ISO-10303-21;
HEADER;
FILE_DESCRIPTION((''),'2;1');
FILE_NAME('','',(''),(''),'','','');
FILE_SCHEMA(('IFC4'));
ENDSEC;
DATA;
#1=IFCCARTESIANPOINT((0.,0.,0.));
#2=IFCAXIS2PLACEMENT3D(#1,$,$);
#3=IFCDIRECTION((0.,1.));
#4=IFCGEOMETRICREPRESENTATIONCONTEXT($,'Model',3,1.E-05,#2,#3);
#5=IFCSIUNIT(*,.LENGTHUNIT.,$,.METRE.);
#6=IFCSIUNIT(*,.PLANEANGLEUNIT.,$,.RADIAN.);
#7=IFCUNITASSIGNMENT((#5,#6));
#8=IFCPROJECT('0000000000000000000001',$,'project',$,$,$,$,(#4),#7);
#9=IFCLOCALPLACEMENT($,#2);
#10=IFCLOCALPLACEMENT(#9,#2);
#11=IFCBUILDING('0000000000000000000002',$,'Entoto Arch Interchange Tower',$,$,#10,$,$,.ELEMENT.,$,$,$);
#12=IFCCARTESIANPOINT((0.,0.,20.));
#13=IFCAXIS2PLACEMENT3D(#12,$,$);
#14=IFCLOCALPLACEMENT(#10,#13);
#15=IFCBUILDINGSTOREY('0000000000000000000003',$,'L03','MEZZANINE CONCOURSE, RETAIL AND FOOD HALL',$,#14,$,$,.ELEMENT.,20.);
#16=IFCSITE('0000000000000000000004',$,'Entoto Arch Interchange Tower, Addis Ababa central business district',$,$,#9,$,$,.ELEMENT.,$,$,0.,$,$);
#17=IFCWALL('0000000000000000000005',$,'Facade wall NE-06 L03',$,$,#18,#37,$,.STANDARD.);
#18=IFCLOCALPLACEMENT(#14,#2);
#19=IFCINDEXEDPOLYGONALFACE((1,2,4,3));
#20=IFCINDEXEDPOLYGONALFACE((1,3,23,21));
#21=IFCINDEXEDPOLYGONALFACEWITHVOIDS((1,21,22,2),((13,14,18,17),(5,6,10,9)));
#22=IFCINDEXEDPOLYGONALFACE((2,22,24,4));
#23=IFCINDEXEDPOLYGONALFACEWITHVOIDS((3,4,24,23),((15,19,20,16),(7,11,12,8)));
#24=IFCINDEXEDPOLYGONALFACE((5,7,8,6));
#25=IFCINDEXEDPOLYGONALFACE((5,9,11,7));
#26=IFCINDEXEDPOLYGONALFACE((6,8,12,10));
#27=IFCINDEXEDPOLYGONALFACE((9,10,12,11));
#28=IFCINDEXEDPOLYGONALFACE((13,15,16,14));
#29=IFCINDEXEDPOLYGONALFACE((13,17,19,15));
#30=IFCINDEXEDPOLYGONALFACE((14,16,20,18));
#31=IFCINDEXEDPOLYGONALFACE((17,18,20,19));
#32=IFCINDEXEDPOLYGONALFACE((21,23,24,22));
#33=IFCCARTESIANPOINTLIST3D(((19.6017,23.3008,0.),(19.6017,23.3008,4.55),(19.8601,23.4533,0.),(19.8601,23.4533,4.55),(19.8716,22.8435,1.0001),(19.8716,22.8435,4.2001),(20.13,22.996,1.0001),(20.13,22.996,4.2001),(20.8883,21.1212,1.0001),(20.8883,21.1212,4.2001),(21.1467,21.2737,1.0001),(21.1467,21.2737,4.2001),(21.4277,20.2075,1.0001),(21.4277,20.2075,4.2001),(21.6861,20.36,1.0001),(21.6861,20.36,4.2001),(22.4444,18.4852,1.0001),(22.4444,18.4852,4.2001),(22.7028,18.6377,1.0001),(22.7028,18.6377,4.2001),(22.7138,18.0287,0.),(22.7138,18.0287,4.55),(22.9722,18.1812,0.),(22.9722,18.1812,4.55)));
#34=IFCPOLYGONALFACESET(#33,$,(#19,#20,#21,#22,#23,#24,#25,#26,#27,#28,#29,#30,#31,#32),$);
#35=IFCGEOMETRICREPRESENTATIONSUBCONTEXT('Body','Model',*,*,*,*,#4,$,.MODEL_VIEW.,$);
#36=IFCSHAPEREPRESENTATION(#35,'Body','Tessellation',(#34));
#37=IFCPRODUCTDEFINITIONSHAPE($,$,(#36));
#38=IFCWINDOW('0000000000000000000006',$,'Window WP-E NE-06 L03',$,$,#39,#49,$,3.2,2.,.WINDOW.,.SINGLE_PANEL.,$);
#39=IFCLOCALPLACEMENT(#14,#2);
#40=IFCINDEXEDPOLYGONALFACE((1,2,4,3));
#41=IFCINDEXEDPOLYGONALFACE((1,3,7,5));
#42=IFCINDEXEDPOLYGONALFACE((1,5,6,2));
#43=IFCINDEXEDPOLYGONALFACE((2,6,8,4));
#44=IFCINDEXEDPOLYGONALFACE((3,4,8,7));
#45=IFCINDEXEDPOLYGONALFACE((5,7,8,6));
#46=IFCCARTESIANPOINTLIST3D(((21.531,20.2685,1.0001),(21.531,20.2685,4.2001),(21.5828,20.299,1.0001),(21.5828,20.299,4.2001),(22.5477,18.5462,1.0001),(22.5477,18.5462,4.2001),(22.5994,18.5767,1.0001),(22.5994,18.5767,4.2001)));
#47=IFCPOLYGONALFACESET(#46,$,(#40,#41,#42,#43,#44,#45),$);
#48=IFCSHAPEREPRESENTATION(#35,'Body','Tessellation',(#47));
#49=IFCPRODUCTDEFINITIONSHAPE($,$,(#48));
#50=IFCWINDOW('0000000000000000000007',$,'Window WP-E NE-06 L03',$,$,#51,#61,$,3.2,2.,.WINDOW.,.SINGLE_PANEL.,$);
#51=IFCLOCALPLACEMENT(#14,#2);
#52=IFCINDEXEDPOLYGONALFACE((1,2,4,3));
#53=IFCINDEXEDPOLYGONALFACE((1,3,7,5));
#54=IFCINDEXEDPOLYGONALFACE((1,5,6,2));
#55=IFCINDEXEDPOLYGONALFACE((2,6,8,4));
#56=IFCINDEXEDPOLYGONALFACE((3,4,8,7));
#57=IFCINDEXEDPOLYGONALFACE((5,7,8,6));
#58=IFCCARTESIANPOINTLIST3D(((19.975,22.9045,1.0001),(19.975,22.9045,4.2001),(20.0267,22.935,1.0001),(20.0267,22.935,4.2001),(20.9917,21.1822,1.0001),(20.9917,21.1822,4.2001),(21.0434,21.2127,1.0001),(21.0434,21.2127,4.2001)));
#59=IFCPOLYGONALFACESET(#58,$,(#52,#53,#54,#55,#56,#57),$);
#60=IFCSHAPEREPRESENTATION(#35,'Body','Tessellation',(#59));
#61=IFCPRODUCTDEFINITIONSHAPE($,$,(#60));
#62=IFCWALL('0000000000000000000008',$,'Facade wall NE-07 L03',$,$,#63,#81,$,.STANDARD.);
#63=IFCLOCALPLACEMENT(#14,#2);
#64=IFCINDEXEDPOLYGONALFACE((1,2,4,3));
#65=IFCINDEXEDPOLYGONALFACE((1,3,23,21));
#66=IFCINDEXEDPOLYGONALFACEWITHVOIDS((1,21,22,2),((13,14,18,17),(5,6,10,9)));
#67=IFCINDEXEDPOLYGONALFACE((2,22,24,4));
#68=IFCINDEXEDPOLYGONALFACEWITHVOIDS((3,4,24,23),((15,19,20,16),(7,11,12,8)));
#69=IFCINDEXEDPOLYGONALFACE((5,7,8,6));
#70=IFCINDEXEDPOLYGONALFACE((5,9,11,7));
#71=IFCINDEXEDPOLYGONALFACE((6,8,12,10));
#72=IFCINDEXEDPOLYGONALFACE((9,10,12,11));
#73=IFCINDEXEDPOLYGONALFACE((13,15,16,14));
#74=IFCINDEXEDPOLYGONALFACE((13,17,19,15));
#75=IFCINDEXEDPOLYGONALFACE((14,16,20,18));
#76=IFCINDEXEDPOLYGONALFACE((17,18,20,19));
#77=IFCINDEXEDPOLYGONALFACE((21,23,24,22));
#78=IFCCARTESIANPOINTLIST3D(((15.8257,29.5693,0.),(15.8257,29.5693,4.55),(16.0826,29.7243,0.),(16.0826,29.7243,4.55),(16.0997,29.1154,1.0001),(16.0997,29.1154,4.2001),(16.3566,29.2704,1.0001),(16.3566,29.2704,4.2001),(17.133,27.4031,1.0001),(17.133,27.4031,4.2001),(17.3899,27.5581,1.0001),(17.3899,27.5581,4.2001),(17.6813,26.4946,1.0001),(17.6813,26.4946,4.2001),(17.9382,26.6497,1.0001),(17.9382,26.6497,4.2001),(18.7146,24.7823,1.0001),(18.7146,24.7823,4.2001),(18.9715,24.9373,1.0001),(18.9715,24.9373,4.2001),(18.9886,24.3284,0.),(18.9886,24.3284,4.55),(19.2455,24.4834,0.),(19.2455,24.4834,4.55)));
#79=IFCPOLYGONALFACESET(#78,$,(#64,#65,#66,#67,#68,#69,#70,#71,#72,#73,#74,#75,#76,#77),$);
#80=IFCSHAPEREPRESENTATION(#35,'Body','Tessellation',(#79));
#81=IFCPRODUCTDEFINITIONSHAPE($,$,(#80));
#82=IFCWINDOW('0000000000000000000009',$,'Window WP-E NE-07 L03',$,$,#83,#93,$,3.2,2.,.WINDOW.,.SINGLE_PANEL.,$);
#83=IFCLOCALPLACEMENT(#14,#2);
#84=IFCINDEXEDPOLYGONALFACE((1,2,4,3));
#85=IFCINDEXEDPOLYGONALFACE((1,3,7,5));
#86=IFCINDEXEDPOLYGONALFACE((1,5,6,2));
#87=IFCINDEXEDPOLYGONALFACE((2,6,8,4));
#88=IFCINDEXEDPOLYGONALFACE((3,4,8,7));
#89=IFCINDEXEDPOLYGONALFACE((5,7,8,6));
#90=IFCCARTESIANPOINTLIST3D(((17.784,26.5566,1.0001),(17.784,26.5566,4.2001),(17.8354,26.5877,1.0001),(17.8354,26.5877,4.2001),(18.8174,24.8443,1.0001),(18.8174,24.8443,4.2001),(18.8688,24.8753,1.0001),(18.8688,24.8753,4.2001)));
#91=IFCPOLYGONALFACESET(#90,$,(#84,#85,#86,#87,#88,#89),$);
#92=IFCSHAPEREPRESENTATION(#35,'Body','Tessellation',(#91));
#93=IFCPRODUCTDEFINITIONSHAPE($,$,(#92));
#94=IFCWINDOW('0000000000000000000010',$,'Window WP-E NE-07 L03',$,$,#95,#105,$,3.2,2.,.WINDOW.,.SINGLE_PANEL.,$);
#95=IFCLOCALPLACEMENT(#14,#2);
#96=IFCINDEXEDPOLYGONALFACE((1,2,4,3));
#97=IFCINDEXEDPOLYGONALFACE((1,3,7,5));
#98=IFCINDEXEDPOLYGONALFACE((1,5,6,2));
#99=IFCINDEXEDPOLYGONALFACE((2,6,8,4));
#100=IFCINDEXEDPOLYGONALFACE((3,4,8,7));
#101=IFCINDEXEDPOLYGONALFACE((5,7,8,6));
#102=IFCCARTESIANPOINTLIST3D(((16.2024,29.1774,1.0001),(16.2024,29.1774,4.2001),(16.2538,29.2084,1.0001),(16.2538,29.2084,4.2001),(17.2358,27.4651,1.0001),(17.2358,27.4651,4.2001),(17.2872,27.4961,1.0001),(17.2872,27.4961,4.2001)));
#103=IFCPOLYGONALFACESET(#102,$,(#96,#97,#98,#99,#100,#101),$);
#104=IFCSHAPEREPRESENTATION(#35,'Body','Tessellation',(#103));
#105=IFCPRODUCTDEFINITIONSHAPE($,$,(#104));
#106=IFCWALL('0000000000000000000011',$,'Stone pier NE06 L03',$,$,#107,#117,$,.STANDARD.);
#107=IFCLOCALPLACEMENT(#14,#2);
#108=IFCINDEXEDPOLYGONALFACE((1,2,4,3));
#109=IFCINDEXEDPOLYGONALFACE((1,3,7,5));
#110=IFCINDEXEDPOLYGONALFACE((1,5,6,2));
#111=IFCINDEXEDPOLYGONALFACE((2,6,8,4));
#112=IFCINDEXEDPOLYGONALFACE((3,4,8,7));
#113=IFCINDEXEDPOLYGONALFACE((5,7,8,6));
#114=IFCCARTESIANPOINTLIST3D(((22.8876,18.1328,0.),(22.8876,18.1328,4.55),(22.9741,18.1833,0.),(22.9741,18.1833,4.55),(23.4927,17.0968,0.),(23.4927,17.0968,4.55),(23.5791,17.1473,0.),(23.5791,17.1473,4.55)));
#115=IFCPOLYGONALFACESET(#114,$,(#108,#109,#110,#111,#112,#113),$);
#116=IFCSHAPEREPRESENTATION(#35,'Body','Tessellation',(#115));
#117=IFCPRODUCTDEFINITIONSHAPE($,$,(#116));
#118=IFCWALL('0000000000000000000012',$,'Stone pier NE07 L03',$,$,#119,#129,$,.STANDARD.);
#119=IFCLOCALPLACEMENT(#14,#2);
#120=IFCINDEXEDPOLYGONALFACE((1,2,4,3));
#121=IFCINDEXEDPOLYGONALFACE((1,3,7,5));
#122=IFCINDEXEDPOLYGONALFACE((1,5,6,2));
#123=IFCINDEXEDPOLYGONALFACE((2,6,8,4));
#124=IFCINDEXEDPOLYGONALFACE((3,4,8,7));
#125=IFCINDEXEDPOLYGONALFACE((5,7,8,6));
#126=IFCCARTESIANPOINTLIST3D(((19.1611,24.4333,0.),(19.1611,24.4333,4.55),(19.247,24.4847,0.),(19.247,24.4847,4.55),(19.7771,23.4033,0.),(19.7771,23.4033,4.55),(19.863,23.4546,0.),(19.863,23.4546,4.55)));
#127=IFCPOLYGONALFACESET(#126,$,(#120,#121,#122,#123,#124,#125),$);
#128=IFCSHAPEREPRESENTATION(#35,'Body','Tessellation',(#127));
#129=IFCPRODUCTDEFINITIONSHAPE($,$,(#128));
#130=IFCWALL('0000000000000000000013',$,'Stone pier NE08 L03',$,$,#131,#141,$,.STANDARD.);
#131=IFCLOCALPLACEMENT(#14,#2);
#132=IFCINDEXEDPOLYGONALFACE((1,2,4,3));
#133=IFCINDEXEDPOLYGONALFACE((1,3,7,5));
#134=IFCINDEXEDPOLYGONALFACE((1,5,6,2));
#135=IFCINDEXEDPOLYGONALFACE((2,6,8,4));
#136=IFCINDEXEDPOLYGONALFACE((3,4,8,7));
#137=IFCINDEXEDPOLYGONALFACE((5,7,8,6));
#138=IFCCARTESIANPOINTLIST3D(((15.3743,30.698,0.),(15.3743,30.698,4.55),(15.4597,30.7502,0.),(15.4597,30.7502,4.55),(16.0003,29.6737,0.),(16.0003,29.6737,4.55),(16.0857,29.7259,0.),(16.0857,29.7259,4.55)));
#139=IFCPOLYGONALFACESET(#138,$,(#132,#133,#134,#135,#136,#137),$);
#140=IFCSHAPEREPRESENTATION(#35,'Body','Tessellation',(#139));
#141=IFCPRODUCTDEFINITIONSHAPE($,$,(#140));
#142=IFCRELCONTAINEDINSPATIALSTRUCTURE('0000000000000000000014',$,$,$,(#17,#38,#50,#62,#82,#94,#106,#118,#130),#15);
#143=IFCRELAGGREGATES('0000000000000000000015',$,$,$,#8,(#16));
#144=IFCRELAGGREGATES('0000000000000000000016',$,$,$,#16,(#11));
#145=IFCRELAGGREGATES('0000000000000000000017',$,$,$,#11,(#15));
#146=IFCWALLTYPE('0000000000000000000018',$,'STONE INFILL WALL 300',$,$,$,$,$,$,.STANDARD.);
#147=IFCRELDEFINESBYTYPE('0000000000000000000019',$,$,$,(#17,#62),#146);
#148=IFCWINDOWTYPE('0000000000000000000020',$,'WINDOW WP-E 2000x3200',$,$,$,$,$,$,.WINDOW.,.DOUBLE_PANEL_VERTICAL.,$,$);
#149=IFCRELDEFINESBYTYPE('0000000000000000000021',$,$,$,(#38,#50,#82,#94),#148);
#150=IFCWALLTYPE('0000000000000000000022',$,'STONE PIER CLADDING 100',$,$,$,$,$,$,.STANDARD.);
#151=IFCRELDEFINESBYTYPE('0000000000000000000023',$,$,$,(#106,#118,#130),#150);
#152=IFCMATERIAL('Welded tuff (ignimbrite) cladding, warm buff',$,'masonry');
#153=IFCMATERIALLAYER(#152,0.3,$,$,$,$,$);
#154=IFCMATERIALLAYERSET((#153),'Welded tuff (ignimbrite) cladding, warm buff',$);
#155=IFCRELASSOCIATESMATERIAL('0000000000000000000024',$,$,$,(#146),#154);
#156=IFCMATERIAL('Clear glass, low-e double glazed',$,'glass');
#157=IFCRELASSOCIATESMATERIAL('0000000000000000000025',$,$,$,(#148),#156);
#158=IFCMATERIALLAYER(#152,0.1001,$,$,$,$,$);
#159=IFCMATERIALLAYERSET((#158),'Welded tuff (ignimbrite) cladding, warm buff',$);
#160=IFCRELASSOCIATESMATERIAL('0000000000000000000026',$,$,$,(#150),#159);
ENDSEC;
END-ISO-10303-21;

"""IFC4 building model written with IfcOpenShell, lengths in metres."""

from ifc_helpers import new_model, si_unit, direction, frame, frame_2d, origin, place, context, subcontext, project, spatial, rectangle, extrude, material, layer, layer_set, type_object, element, fill, save


model = new_model("IFC4")

# Units and contexts
model_context = context("Model", 3, precision=1e-05, world=origin(), true_north=direction((0.0, 1.0)))
body_context = subcontext(model_context, "Body", "Model", "MODEL_VIEW")
ifc_project = project(units=[si_unit("LENGTHUNIT", "METRE"), si_unit("PLANEANGLEUNIT", "RADIAN")], contexts=[model_context])

# Site, building, storey
site_placement = place(None, origin())
site = spatial("IfcSite", under=ifc_project, at=site_placement, Name="Entoto Arch Interchange Tower, Addis Ababa central business district", CompositionType="ELEMENT", RefElevation=0.0)
building_placement = place(site_placement, origin())
building = spatial("IfcBuilding", under=site, at=building_placement, Name="Entoto Arch Interchange Tower", CompositionType="ELEMENT")
storey_placement = place(building_placement, frame((0.0, 0.0, 20.0)))
storey = spatial("IfcBuildingStorey", under=building, at=storey_placement, Name="L03", Description="MEZZANINE CONCOURSE, RETAIL AND FOOD HALL", CompositionType="ELEMENT", Elevation=20.0)

# Walls, openings, windows
ifc_material_1 = material(Name="Welded tuff (ignimbrite) cladding, warm buff", Category="masonry")
ifc_layer_1 = layer(ifc_material_1, 0.3)
ifc_layer_set_1 = layer_set([ifc_layer_1], Name="Welded tuff (ignimbrite) cladding, warm buff")
wall_type_1 = type_object("IfcWallType", Name="STONE INFILL WALL 300", PredefinedType="STANDARD", material=ifc_layer_set_1)
ifc_material_2 = material(Name="Clear glass, low-e double glazed", Category="glass")
window_type = type_object("IfcWindowType", Name="WINDOW WP-E 2000x3200", PartitioningType="DOUBLE_PANEL_VERTICAL", PredefinedType="WINDOW", material=ifc_material_2)
wall_1_placement = place(storey_placement, frame((22.843, 18.105, 0.0), z_axis=(0.0, 0.0, 1.0), x_axis=(-0.508342, 0.861155, 0.0)))
wall_1 = element("IfcWall", 1, at=wall_1_placement, inside=storey, type_object=wall_type_1, Name="Facade wall NE-06 L03", PredefinedType="STANDARD", context=body_context, shape_type="SweptSolid", body=[
    extrude(rectangle(XDim=6.1221, YDim=0.3, at=frame_2d((3.061, 0.0))), origin(), (0.0, 0.0, 1.0), 4.55),
])
opening_1_placement = place(wall_1_placement, frame((0.53, 0.0, 1.0)))
opening_1 = element("IfcOpeningElement", 2, at=opening_1_placement, cuts=wall_1, PredefinedType="OPENING", context=body_context, shape_type="SweptSolid", body=[
    extrude(rectangle(XDim=2.0, YDim=3.2, at=frame_2d((1.0, 1.6001))), frame((0.0, 0.1602, 0.0), z_axis=(0.0, -1.0, 0.0), x_axis=(1.0, 0.0, 0.0)), (0.0, 0.0, 1.0), 0.3201),
])
opening_2_placement = place(wall_1_placement, frame((3.5911, 0.0, 1.0)))
opening_2 = element("IfcOpeningElement", 3, at=opening_2_placement, cuts=wall_1, PredefinedType="OPENING", context=body_context, shape_type="SweptSolid", body=[
    extrude(rectangle(XDim=2.0, YDim=3.2, at=frame_2d((1.0, 1.6001))), frame((0.0, 0.1602, 0.0), z_axis=(0.0, -1.0, 0.0), x_axis=(1.0, 0.0, 0.0)), (0.0, 0.0, 1.0), 0.3201),
])
window_1_placement = place(opening_1_placement, origin())
window_1 = element("IfcWindow", 4, at=window_1_placement, inside=storey, type_object=window_type, Name="Window WP-E NE-06 L03", OverallHeight=3.2, OverallWidth=2.0, PartitioningType="SINGLE_PANEL", PredefinedType="WINDOW", context=body_context, shape_type="SweptSolid", body=[
    extrude(rectangle(XDim=2.0, YDim=3.2, at=frame_2d((1.0, 1.6001))), frame((0.0, 0.03, 0.0), z_axis=(0.0, -1.0, 0.0), x_axis=(1.0, 0.0, 0.0)), (0.0, 0.0, 1.0), 0.0601),
])
fill(opening_1, window_1)
window_2_placement = place(opening_2_placement, origin())
window_2 = element("IfcWindow", 5, at=window_2_placement, inside=storey, type_object=window_type, Name="Window WP-E NE-06 L03", OverallHeight=3.2, OverallWidth=2.0, PartitioningType="SINGLE_PANEL", PredefinedType="WINDOW", context=body_context, shape_type="SweptSolid", body=[
    extrude(rectangle(XDim=2.0, YDim=3.2, at=frame_2d((1.0, 1.6001))), frame((0.0, 0.03, 0.0), z_axis=(0.0, -1.0, 0.0), x_axis=(1.0, 0.0, 0.0)), (0.0, 0.0, 1.0), 0.0601),
])
fill(opening_2, window_2)
wall_2_placement = place(storey_placement, frame((19.1169, 24.406, 0.0), z_axis=(0.0, 0.0, 1.0), x_axis=(-0.516688, 0.856174, 0.0)))
wall_2 = element("IfcWall", 6, at=wall_2_placement, inside=storey, type_object=wall_type_1, Name="Facade wall NE-07 L03", PredefinedType="STANDARD", context=body_context, shape_type="SweptSolid", body=[
    extrude(rectangle(XDim=6.1213, YDim=0.3, at=frame_2d((3.0605, 0.0))), origin(), (0.0, 0.0, 1.0), 4.55),
])
opening_3_placement = place(wall_2_placement, frame((0.53, 0.0, 1.0)))
opening_3 = element("IfcOpeningElement", 7, at=opening_3_placement, cuts=wall_2, PredefinedType="OPENING", context=body_context, shape_type="SweptSolid", body=[
    extrude(rectangle(XDim=2.0, YDim=3.2, at=frame_2d((1.0, 1.6001))), frame((0.0, 0.1602, 0.0), z_axis=(0.0, -1.0, 0.0), x_axis=(1.0, 0.0, 0.0)), (0.0, 0.0, 1.0), 0.3201),
])
opening_4_placement = place(wall_2_placement, frame((3.5911, 0.0, 1.0)))
opening_4 = element("IfcOpeningElement", 8, at=opening_4_placement, cuts=wall_2, PredefinedType="OPENING", context=body_context, shape_type="SweptSolid", body=[
    extrude(rectangle(XDim=2.0, YDim=3.2, at=frame_2d((1.0, 1.6001))), frame((0.0, 0.1602, 0.0), z_axis=(0.0, -1.0, 0.0), x_axis=(1.0, 0.0, 0.0)), (0.0, 0.0, 1.0), 0.3201),
])
window_3_placement = place(opening_3_placement, origin())
window_3 = element("IfcWindow", 9, at=window_3_placement, inside=storey, type_object=window_type, Name="Window WP-E NE-07 L03", OverallHeight=3.2, OverallWidth=2.0, PartitioningType="SINGLE_PANEL", PredefinedType="WINDOW", context=body_context, shape_type="SweptSolid", body=[
    extrude(rectangle(XDim=2.0, YDim=3.2, at=frame_2d((1.0, 1.6001))), frame((0.0, 0.03, 0.0), z_axis=(0.0, -1.0, 0.0), x_axis=(1.0, 0.0, 0.0)), (0.0, 0.0, 1.0), 0.0601),
])
fill(opening_3, window_3)
window_4_placement = place(opening_4_placement, origin())
window_4 = element("IfcWindow", 10, at=window_4_placement, inside=storey, type_object=window_type, Name="Window WP-E NE-07 L03", OverallHeight=3.2, OverallWidth=2.0, PartitioningType="SINGLE_PANEL", PredefinedType="WINDOW", context=body_context, shape_type="SweptSolid", body=[
    extrude(rectangle(XDim=2.0, YDim=3.2, at=frame_2d((1.0, 1.6001))), frame((0.0, 0.03, 0.0), z_axis=(0.0, -1.0, 0.0), x_axis=(1.0, 0.0, 0.0)), (0.0, 0.0, 1.0), 0.0601),
])
fill(opening_4, window_4)

# Walls
ifc_layer_2 = layer(ifc_material_1, 0.1001)
ifc_layer_set_2 = layer_set([ifc_layer_2], Name="Welded tuff (ignimbrite) cladding, warm buff")
wall_type_2 = type_object("IfcWallType", Name="STONE PIER CLADDING 100", PredefinedType="STANDARD", material=ifc_layer_set_2)
wall_3_placement = place(storey_placement, frame((23.5359, 17.1221, 0.0), z_axis=(0.0, 0.0, 1.0), x_axis=(-0.504314, 0.86352, 0.0)))
element("IfcWall", 11, at=wall_3_placement, inside=storey, type_object=wall_type_2, Name="Stone pier NE06 L03", PredefinedType="STANDARD", context=body_context, shape_type="SweptSolid", body=[
    extrude(rectangle(XDim=1.1997, YDim=0.1001, at=frame_2d((0.5999, 0.0))), origin(), (0.0, 0.0, 1.0), 4.55),
])
wall_4_placement = place(storey_placement, frame((19.8201, 23.429, 0.0), z_axis=(0.0, 0.0, 1.0), x_axis=(-0.513239, 0.858246, 0.0)))
element("IfcWall", 12, at=wall_4_placement, inside=storey, type_object=wall_type_2, Name="Stone pier NE07 L03", PredefinedType="STANDARD", context=body_context, shape_type="SweptSolid", body=[
    extrude(rectangle(XDim=1.2002, YDim=0.1001, at=frame_2d((0.6001, 0.0))), origin(), (0.0, 0.0, 1.0), 4.55),
])
wall_5_placement = place(storey_placement, frame((16.043, 29.7, 0.0), z_axis=(0.0, 0.0, 1.0), x_axis=(-0.521508, 0.853247, 0.0)))
element("IfcWall", 13, at=wall_5_placement, inside=storey, type_object=wall_type_2, Name="Stone pier NE08 L03", PredefinedType="STANDARD", context=body_context, shape_type="SweptSolid", body=[
    extrude(rectangle(XDim=1.2004, YDim=0.1001, at=frame_2d((0.6001, 0.0))), origin(), (0.0, 0.0, 1.0), 4.55),
])

save(model, "model.ifc")
